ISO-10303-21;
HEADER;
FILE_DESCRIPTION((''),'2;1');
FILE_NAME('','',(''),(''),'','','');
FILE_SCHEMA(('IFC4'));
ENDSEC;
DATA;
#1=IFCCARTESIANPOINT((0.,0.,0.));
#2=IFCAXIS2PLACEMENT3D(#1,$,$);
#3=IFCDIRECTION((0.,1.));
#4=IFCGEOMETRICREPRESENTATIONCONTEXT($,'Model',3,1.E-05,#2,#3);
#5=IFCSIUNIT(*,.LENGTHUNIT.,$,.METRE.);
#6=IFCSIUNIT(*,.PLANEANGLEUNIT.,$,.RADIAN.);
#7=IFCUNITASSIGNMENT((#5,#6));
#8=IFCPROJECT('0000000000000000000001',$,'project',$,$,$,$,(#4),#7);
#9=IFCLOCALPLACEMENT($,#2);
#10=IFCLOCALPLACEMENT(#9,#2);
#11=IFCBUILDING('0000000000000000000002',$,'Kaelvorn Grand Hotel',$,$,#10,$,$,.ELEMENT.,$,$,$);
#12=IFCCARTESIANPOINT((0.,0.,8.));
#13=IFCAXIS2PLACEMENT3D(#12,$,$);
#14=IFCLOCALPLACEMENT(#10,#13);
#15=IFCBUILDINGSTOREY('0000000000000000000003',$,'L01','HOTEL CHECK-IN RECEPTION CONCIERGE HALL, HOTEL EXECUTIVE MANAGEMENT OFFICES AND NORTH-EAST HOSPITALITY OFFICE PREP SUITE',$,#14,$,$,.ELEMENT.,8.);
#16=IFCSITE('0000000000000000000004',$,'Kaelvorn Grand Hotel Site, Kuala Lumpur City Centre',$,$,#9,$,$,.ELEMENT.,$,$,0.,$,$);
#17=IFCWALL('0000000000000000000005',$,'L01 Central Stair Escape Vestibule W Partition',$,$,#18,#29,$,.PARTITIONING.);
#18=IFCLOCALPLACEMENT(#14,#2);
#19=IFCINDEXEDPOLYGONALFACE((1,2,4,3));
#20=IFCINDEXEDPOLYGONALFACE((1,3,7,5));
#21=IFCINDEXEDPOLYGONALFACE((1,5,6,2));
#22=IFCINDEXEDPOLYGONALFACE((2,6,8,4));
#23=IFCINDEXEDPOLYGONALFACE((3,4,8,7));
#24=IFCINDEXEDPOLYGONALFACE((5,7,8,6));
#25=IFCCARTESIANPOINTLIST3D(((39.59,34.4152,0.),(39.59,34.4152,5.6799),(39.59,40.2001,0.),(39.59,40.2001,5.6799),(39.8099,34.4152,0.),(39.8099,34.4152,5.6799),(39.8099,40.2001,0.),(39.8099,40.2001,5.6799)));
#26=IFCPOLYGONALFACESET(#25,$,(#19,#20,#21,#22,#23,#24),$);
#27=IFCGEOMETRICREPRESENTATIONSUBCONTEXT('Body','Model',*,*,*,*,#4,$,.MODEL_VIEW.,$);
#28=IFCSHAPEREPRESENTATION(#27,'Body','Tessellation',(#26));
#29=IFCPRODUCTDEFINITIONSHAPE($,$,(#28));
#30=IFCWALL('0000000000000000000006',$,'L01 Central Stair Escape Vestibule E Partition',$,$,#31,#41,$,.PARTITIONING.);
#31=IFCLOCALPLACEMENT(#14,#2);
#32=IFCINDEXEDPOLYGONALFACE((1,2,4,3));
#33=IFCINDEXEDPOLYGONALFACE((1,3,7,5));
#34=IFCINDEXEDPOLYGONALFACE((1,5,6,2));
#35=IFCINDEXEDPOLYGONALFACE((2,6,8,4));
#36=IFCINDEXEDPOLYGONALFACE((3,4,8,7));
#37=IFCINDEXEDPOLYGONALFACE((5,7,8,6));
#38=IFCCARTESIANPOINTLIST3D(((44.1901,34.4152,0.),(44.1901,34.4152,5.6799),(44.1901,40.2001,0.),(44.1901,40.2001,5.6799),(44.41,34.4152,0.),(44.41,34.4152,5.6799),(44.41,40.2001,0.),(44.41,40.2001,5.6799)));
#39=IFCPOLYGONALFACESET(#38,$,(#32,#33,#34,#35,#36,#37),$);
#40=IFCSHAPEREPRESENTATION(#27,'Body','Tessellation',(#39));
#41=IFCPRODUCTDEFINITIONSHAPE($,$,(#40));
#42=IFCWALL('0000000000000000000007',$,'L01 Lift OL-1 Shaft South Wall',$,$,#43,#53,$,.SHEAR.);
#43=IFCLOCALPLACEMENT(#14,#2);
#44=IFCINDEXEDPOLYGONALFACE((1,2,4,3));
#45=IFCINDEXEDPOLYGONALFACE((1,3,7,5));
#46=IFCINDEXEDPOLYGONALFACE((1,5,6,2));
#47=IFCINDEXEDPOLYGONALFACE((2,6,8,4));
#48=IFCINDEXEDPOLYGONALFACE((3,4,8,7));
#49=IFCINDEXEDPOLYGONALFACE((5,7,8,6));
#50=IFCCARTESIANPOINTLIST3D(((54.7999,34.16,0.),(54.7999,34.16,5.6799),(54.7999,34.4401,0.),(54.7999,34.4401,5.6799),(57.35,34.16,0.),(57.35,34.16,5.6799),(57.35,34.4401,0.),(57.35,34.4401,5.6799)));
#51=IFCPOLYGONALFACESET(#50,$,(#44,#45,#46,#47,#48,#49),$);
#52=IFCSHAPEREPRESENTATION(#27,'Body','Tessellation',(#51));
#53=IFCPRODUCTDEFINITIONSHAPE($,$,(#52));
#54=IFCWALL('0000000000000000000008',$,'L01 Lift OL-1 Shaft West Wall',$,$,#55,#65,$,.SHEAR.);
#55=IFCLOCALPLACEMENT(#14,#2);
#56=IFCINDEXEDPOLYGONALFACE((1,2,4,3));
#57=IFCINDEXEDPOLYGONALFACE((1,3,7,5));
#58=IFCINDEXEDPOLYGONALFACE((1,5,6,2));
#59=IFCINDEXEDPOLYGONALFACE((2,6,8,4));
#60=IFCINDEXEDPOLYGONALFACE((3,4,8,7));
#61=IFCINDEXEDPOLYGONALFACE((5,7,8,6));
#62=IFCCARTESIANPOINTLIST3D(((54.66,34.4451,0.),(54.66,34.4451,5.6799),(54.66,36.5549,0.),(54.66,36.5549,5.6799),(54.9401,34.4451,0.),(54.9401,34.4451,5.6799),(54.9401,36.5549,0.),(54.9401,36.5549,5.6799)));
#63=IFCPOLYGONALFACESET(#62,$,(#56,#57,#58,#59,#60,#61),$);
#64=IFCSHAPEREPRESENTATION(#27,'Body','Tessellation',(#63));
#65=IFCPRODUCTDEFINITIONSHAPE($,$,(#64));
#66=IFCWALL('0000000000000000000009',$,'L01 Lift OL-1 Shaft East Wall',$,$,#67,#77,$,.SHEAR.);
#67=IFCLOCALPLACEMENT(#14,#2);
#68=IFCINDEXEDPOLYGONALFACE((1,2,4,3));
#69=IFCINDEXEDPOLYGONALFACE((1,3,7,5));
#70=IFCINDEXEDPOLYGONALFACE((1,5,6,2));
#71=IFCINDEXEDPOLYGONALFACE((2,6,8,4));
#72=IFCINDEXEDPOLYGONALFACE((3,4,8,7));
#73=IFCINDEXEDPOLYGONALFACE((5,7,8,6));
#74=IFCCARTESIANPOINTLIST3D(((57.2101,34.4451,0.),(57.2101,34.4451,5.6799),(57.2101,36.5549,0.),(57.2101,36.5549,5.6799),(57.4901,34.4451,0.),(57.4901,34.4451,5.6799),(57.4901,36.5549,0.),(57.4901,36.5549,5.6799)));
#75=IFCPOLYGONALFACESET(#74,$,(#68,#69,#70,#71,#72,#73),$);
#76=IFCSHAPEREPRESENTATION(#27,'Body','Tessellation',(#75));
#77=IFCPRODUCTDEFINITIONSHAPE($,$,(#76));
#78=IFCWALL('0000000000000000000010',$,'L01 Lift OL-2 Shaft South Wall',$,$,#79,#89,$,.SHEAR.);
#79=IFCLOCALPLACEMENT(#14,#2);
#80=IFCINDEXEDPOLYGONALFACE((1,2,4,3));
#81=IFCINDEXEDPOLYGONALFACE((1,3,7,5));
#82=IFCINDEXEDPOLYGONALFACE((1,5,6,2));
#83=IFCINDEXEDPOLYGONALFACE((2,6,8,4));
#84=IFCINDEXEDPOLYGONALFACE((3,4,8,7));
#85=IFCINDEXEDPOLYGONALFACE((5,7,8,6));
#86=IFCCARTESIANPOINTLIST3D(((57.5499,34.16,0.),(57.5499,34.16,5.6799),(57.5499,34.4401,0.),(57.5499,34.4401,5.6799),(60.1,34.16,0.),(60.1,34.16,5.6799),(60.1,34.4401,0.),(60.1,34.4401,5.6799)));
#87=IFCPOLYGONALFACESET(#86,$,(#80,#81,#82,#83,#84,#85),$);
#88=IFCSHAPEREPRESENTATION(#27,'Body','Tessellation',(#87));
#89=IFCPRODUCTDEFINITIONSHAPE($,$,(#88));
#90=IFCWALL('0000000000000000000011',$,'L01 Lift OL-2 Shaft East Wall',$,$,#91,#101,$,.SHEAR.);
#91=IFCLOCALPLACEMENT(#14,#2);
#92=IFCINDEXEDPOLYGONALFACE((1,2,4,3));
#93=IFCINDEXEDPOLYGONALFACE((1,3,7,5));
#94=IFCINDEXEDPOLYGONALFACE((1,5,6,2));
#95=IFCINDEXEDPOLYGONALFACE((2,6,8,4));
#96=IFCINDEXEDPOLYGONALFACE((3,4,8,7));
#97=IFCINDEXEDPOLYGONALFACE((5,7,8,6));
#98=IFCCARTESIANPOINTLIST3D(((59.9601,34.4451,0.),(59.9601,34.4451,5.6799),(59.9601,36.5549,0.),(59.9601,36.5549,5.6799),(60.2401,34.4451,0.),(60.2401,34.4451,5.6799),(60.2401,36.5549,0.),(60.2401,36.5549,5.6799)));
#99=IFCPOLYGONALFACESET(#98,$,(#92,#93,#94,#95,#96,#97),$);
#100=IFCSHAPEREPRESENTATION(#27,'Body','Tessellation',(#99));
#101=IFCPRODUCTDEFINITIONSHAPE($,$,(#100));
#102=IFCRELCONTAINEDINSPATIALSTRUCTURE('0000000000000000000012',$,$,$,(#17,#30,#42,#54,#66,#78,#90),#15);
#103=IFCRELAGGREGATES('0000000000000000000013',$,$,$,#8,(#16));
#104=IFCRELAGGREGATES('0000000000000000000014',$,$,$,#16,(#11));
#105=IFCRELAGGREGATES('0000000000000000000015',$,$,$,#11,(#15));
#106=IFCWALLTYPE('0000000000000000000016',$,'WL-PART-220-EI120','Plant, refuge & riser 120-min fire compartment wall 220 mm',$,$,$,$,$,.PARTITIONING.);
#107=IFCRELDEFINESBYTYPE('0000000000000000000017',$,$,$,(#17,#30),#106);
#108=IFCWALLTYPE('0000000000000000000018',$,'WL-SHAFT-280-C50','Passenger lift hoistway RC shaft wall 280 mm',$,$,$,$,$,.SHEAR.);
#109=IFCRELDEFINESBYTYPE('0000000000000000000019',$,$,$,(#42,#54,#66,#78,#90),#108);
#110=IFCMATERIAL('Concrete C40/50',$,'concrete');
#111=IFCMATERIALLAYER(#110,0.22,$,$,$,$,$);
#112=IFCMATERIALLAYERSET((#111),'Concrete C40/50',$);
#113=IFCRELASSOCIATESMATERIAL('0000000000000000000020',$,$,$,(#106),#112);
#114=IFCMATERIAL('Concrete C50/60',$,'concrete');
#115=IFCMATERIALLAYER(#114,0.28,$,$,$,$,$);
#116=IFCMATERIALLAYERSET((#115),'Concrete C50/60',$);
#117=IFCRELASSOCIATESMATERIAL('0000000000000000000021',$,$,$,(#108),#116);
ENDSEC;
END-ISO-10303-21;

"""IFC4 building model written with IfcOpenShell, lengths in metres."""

from ifc_helpers import new_model, si_unit, direction, frame, frame_2d, origin, place, context, subcontext, project, spatial, rectangle, extrude, material, layer, layer_set, type_object, element, save


model = new_model("IFC4")

# Units and contexts
model_context = context("Model", 3, precision=1e-05, world=origin(), true_north=direction((0.0, 1.0)))
body_context = subcontext(model_context, "Body", "Model", "MODEL_VIEW")
ifc_project = project(units=[si_unit("LENGTHUNIT", "METRE"), si_unit("PLANEANGLEUNIT", "RADIAN")], contexts=[model_context])

# Site, building, storey
site_placement = place(None, origin())
site = spatial("IfcSite", under=ifc_project, at=site_placement, Name="Kaelvorn Grand Hotel Site, Kuala Lumpur City Centre", CompositionType="ELEMENT", RefElevation=0.0)
building_placement = place(site_placement, origin())
building = spatial("IfcBuilding", under=site, at=building_placement, Name="Kaelvorn Grand Hotel", CompositionType="ELEMENT")
storey_placement = place(building_placement, frame((0.0, 0.0, 8.0)))
storey = spatial("IfcBuildingStorey", under=building, at=storey_placement, Name="L01", Description="HOTEL CHECK-IN RECEPTION CONCIERGE HALL, HOTEL EXECUTIVE MANAGEMENT OFFICES AND NORTH-EAST HOSPITALITY OFFICE PREP SUITE", CompositionType="ELEMENT", Elevation=8.0)

# Shared definitions
ifc_material_1 = material(Name="Concrete C40/50", Category="concrete")
ifc_layer_1 = layer(ifc_material_1, 0.22)
ifc_layer_set_1 = layer_set([ifc_layer_1], Name="Concrete C40/50")
wall_type_1 = type_object("IfcWallType", Name="WL-PART-220-EI120", Description="Plant, refuge & riser 120-min fire compartment wall 220 mm", PredefinedType="PARTITIONING", material=ifc_layer_set_1)

# Walls
for number, where, z_axis, x_axis, name in (
    (1, (39.7, 34.415, 0.0), (0.0, 0.0, 1.0), (0.0, 1.0, 0.0), "L01 Central Stair Escape Vestibule W Partition"),
    (2, (44.3, 34.415, 0.0), (0.0, 0.0, 1.0), (0.0, 1.0, 0.0), "L01 Central Stair Escape Vestibule E Partition"),
):
    element("IfcWall", number, at=place(storey_placement, frame(where, z_axis=z_axis, x_axis=x_axis)), inside=storey, type_object=wall_type_1, Name=name, PredefinedType="PARTITIONING", context=body_context, shape_type="SweptSolid", body=[
        extrude(rectangle(XDim=5.7849, YDim=0.22, at=frame_2d((2.8926, 0.0))), origin(), (0.0, 0.0, 1.0), 5.6799),
    ])
ifc_material_2 = material(Name="Concrete C50/60", Category="concrete")
ifc_layer_2 = layer(ifc_material_2, 0.28)
ifc_layer_set_2 = layer_set([ifc_layer_2], Name="Concrete C50/60")
wall_type_2 = type_object("IfcWallType", Name="WL-SHAFT-280-C50", Description="Passenger lift hoistway RC shaft wall 280 mm", PredefinedType="SHEAR", material=ifc_layer_set_2)
wall_1_placement = place(storey_placement, frame((54.8, 34.3, 0.0), z_axis=(0.0, 0.0, 1.0), x_axis=(1.0, 0.0, 0.0)))
element("IfcWall", 3, at=wall_1_placement, inside=storey, type_object=wall_type_2, Name="L01 Lift OL-1 Shaft South Wall", PredefinedType="SHEAR", context=body_context, shape_type="SweptSolid", body=[
    extrude(rectangle(XDim=2.55, YDim=0.28, at=frame_2d((1.2749, 0.0))), origin(), (0.0, 0.0, 1.0), 5.6799),
])
for number, where, z_axis, x_axis, name in (
    (4, (54.8, 34.4451, 0.0), (0.0, 0.0, 1.0), (0.0, 1.0, 0.0), "L01 Lift OL-1 Shaft West Wall"),
    (5, (57.3501, 34.4451, 0.0), (0.0, 0.0, 1.0), (0.0, 1.0, 0.0), "L01 Lift OL-1 Shaft East Wall"),
):
    element("IfcWall", number, at=place(storey_placement, frame(where, z_axis=z_axis, x_axis=x_axis)), inside=storey, type_object=wall_type_2, Name=name, PredefinedType="SHEAR", context=body_context, shape_type="SweptSolid", body=[
        extrude(rectangle(XDim=2.1099, YDim=0.28, at=frame_2d((1.0549, 0.0))), origin(), (0.0, 0.0, 1.0), 5.6799),
    ])
wall_2_placement = place(storey_placement, frame((57.55, 34.3, 0.0), z_axis=(0.0, 0.0, 1.0), x_axis=(1.0, 0.0, 0.0)))
element("IfcWall", 6, at=wall_2_placement, inside=storey, type_object=wall_type_2, Name="L01 Lift OL-2 Shaft South Wall", PredefinedType="SHEAR", context=body_context, shape_type="SweptSolid", body=[
    extrude(rectangle(XDim=2.55, YDim=0.28, at=frame_2d((1.2749, 0.0))), origin(), (0.0, 0.0, 1.0), 5.6799),
])
wall_3_placement = place(storey_placement, frame((60.1001, 34.4451, 0.0), z_axis=(0.0, 0.0, 1.0), x_axis=(0.0, 1.0, 0.0)))
element("IfcWall", 7, at=wall_3_placement, inside=storey, type_object=wall_type_2, Name="L01 Lift OL-2 Shaft East Wall", PredefinedType="SHEAR", context=body_context, shape_type="SweptSolid", body=[
    extrude(rectangle(XDim=2.1099, YDim=0.28, at=frame_2d((1.0549, 0.0))), origin(), (0.0, 0.0, 1.0), 5.6799),
])

save(model, "model.ifc")
